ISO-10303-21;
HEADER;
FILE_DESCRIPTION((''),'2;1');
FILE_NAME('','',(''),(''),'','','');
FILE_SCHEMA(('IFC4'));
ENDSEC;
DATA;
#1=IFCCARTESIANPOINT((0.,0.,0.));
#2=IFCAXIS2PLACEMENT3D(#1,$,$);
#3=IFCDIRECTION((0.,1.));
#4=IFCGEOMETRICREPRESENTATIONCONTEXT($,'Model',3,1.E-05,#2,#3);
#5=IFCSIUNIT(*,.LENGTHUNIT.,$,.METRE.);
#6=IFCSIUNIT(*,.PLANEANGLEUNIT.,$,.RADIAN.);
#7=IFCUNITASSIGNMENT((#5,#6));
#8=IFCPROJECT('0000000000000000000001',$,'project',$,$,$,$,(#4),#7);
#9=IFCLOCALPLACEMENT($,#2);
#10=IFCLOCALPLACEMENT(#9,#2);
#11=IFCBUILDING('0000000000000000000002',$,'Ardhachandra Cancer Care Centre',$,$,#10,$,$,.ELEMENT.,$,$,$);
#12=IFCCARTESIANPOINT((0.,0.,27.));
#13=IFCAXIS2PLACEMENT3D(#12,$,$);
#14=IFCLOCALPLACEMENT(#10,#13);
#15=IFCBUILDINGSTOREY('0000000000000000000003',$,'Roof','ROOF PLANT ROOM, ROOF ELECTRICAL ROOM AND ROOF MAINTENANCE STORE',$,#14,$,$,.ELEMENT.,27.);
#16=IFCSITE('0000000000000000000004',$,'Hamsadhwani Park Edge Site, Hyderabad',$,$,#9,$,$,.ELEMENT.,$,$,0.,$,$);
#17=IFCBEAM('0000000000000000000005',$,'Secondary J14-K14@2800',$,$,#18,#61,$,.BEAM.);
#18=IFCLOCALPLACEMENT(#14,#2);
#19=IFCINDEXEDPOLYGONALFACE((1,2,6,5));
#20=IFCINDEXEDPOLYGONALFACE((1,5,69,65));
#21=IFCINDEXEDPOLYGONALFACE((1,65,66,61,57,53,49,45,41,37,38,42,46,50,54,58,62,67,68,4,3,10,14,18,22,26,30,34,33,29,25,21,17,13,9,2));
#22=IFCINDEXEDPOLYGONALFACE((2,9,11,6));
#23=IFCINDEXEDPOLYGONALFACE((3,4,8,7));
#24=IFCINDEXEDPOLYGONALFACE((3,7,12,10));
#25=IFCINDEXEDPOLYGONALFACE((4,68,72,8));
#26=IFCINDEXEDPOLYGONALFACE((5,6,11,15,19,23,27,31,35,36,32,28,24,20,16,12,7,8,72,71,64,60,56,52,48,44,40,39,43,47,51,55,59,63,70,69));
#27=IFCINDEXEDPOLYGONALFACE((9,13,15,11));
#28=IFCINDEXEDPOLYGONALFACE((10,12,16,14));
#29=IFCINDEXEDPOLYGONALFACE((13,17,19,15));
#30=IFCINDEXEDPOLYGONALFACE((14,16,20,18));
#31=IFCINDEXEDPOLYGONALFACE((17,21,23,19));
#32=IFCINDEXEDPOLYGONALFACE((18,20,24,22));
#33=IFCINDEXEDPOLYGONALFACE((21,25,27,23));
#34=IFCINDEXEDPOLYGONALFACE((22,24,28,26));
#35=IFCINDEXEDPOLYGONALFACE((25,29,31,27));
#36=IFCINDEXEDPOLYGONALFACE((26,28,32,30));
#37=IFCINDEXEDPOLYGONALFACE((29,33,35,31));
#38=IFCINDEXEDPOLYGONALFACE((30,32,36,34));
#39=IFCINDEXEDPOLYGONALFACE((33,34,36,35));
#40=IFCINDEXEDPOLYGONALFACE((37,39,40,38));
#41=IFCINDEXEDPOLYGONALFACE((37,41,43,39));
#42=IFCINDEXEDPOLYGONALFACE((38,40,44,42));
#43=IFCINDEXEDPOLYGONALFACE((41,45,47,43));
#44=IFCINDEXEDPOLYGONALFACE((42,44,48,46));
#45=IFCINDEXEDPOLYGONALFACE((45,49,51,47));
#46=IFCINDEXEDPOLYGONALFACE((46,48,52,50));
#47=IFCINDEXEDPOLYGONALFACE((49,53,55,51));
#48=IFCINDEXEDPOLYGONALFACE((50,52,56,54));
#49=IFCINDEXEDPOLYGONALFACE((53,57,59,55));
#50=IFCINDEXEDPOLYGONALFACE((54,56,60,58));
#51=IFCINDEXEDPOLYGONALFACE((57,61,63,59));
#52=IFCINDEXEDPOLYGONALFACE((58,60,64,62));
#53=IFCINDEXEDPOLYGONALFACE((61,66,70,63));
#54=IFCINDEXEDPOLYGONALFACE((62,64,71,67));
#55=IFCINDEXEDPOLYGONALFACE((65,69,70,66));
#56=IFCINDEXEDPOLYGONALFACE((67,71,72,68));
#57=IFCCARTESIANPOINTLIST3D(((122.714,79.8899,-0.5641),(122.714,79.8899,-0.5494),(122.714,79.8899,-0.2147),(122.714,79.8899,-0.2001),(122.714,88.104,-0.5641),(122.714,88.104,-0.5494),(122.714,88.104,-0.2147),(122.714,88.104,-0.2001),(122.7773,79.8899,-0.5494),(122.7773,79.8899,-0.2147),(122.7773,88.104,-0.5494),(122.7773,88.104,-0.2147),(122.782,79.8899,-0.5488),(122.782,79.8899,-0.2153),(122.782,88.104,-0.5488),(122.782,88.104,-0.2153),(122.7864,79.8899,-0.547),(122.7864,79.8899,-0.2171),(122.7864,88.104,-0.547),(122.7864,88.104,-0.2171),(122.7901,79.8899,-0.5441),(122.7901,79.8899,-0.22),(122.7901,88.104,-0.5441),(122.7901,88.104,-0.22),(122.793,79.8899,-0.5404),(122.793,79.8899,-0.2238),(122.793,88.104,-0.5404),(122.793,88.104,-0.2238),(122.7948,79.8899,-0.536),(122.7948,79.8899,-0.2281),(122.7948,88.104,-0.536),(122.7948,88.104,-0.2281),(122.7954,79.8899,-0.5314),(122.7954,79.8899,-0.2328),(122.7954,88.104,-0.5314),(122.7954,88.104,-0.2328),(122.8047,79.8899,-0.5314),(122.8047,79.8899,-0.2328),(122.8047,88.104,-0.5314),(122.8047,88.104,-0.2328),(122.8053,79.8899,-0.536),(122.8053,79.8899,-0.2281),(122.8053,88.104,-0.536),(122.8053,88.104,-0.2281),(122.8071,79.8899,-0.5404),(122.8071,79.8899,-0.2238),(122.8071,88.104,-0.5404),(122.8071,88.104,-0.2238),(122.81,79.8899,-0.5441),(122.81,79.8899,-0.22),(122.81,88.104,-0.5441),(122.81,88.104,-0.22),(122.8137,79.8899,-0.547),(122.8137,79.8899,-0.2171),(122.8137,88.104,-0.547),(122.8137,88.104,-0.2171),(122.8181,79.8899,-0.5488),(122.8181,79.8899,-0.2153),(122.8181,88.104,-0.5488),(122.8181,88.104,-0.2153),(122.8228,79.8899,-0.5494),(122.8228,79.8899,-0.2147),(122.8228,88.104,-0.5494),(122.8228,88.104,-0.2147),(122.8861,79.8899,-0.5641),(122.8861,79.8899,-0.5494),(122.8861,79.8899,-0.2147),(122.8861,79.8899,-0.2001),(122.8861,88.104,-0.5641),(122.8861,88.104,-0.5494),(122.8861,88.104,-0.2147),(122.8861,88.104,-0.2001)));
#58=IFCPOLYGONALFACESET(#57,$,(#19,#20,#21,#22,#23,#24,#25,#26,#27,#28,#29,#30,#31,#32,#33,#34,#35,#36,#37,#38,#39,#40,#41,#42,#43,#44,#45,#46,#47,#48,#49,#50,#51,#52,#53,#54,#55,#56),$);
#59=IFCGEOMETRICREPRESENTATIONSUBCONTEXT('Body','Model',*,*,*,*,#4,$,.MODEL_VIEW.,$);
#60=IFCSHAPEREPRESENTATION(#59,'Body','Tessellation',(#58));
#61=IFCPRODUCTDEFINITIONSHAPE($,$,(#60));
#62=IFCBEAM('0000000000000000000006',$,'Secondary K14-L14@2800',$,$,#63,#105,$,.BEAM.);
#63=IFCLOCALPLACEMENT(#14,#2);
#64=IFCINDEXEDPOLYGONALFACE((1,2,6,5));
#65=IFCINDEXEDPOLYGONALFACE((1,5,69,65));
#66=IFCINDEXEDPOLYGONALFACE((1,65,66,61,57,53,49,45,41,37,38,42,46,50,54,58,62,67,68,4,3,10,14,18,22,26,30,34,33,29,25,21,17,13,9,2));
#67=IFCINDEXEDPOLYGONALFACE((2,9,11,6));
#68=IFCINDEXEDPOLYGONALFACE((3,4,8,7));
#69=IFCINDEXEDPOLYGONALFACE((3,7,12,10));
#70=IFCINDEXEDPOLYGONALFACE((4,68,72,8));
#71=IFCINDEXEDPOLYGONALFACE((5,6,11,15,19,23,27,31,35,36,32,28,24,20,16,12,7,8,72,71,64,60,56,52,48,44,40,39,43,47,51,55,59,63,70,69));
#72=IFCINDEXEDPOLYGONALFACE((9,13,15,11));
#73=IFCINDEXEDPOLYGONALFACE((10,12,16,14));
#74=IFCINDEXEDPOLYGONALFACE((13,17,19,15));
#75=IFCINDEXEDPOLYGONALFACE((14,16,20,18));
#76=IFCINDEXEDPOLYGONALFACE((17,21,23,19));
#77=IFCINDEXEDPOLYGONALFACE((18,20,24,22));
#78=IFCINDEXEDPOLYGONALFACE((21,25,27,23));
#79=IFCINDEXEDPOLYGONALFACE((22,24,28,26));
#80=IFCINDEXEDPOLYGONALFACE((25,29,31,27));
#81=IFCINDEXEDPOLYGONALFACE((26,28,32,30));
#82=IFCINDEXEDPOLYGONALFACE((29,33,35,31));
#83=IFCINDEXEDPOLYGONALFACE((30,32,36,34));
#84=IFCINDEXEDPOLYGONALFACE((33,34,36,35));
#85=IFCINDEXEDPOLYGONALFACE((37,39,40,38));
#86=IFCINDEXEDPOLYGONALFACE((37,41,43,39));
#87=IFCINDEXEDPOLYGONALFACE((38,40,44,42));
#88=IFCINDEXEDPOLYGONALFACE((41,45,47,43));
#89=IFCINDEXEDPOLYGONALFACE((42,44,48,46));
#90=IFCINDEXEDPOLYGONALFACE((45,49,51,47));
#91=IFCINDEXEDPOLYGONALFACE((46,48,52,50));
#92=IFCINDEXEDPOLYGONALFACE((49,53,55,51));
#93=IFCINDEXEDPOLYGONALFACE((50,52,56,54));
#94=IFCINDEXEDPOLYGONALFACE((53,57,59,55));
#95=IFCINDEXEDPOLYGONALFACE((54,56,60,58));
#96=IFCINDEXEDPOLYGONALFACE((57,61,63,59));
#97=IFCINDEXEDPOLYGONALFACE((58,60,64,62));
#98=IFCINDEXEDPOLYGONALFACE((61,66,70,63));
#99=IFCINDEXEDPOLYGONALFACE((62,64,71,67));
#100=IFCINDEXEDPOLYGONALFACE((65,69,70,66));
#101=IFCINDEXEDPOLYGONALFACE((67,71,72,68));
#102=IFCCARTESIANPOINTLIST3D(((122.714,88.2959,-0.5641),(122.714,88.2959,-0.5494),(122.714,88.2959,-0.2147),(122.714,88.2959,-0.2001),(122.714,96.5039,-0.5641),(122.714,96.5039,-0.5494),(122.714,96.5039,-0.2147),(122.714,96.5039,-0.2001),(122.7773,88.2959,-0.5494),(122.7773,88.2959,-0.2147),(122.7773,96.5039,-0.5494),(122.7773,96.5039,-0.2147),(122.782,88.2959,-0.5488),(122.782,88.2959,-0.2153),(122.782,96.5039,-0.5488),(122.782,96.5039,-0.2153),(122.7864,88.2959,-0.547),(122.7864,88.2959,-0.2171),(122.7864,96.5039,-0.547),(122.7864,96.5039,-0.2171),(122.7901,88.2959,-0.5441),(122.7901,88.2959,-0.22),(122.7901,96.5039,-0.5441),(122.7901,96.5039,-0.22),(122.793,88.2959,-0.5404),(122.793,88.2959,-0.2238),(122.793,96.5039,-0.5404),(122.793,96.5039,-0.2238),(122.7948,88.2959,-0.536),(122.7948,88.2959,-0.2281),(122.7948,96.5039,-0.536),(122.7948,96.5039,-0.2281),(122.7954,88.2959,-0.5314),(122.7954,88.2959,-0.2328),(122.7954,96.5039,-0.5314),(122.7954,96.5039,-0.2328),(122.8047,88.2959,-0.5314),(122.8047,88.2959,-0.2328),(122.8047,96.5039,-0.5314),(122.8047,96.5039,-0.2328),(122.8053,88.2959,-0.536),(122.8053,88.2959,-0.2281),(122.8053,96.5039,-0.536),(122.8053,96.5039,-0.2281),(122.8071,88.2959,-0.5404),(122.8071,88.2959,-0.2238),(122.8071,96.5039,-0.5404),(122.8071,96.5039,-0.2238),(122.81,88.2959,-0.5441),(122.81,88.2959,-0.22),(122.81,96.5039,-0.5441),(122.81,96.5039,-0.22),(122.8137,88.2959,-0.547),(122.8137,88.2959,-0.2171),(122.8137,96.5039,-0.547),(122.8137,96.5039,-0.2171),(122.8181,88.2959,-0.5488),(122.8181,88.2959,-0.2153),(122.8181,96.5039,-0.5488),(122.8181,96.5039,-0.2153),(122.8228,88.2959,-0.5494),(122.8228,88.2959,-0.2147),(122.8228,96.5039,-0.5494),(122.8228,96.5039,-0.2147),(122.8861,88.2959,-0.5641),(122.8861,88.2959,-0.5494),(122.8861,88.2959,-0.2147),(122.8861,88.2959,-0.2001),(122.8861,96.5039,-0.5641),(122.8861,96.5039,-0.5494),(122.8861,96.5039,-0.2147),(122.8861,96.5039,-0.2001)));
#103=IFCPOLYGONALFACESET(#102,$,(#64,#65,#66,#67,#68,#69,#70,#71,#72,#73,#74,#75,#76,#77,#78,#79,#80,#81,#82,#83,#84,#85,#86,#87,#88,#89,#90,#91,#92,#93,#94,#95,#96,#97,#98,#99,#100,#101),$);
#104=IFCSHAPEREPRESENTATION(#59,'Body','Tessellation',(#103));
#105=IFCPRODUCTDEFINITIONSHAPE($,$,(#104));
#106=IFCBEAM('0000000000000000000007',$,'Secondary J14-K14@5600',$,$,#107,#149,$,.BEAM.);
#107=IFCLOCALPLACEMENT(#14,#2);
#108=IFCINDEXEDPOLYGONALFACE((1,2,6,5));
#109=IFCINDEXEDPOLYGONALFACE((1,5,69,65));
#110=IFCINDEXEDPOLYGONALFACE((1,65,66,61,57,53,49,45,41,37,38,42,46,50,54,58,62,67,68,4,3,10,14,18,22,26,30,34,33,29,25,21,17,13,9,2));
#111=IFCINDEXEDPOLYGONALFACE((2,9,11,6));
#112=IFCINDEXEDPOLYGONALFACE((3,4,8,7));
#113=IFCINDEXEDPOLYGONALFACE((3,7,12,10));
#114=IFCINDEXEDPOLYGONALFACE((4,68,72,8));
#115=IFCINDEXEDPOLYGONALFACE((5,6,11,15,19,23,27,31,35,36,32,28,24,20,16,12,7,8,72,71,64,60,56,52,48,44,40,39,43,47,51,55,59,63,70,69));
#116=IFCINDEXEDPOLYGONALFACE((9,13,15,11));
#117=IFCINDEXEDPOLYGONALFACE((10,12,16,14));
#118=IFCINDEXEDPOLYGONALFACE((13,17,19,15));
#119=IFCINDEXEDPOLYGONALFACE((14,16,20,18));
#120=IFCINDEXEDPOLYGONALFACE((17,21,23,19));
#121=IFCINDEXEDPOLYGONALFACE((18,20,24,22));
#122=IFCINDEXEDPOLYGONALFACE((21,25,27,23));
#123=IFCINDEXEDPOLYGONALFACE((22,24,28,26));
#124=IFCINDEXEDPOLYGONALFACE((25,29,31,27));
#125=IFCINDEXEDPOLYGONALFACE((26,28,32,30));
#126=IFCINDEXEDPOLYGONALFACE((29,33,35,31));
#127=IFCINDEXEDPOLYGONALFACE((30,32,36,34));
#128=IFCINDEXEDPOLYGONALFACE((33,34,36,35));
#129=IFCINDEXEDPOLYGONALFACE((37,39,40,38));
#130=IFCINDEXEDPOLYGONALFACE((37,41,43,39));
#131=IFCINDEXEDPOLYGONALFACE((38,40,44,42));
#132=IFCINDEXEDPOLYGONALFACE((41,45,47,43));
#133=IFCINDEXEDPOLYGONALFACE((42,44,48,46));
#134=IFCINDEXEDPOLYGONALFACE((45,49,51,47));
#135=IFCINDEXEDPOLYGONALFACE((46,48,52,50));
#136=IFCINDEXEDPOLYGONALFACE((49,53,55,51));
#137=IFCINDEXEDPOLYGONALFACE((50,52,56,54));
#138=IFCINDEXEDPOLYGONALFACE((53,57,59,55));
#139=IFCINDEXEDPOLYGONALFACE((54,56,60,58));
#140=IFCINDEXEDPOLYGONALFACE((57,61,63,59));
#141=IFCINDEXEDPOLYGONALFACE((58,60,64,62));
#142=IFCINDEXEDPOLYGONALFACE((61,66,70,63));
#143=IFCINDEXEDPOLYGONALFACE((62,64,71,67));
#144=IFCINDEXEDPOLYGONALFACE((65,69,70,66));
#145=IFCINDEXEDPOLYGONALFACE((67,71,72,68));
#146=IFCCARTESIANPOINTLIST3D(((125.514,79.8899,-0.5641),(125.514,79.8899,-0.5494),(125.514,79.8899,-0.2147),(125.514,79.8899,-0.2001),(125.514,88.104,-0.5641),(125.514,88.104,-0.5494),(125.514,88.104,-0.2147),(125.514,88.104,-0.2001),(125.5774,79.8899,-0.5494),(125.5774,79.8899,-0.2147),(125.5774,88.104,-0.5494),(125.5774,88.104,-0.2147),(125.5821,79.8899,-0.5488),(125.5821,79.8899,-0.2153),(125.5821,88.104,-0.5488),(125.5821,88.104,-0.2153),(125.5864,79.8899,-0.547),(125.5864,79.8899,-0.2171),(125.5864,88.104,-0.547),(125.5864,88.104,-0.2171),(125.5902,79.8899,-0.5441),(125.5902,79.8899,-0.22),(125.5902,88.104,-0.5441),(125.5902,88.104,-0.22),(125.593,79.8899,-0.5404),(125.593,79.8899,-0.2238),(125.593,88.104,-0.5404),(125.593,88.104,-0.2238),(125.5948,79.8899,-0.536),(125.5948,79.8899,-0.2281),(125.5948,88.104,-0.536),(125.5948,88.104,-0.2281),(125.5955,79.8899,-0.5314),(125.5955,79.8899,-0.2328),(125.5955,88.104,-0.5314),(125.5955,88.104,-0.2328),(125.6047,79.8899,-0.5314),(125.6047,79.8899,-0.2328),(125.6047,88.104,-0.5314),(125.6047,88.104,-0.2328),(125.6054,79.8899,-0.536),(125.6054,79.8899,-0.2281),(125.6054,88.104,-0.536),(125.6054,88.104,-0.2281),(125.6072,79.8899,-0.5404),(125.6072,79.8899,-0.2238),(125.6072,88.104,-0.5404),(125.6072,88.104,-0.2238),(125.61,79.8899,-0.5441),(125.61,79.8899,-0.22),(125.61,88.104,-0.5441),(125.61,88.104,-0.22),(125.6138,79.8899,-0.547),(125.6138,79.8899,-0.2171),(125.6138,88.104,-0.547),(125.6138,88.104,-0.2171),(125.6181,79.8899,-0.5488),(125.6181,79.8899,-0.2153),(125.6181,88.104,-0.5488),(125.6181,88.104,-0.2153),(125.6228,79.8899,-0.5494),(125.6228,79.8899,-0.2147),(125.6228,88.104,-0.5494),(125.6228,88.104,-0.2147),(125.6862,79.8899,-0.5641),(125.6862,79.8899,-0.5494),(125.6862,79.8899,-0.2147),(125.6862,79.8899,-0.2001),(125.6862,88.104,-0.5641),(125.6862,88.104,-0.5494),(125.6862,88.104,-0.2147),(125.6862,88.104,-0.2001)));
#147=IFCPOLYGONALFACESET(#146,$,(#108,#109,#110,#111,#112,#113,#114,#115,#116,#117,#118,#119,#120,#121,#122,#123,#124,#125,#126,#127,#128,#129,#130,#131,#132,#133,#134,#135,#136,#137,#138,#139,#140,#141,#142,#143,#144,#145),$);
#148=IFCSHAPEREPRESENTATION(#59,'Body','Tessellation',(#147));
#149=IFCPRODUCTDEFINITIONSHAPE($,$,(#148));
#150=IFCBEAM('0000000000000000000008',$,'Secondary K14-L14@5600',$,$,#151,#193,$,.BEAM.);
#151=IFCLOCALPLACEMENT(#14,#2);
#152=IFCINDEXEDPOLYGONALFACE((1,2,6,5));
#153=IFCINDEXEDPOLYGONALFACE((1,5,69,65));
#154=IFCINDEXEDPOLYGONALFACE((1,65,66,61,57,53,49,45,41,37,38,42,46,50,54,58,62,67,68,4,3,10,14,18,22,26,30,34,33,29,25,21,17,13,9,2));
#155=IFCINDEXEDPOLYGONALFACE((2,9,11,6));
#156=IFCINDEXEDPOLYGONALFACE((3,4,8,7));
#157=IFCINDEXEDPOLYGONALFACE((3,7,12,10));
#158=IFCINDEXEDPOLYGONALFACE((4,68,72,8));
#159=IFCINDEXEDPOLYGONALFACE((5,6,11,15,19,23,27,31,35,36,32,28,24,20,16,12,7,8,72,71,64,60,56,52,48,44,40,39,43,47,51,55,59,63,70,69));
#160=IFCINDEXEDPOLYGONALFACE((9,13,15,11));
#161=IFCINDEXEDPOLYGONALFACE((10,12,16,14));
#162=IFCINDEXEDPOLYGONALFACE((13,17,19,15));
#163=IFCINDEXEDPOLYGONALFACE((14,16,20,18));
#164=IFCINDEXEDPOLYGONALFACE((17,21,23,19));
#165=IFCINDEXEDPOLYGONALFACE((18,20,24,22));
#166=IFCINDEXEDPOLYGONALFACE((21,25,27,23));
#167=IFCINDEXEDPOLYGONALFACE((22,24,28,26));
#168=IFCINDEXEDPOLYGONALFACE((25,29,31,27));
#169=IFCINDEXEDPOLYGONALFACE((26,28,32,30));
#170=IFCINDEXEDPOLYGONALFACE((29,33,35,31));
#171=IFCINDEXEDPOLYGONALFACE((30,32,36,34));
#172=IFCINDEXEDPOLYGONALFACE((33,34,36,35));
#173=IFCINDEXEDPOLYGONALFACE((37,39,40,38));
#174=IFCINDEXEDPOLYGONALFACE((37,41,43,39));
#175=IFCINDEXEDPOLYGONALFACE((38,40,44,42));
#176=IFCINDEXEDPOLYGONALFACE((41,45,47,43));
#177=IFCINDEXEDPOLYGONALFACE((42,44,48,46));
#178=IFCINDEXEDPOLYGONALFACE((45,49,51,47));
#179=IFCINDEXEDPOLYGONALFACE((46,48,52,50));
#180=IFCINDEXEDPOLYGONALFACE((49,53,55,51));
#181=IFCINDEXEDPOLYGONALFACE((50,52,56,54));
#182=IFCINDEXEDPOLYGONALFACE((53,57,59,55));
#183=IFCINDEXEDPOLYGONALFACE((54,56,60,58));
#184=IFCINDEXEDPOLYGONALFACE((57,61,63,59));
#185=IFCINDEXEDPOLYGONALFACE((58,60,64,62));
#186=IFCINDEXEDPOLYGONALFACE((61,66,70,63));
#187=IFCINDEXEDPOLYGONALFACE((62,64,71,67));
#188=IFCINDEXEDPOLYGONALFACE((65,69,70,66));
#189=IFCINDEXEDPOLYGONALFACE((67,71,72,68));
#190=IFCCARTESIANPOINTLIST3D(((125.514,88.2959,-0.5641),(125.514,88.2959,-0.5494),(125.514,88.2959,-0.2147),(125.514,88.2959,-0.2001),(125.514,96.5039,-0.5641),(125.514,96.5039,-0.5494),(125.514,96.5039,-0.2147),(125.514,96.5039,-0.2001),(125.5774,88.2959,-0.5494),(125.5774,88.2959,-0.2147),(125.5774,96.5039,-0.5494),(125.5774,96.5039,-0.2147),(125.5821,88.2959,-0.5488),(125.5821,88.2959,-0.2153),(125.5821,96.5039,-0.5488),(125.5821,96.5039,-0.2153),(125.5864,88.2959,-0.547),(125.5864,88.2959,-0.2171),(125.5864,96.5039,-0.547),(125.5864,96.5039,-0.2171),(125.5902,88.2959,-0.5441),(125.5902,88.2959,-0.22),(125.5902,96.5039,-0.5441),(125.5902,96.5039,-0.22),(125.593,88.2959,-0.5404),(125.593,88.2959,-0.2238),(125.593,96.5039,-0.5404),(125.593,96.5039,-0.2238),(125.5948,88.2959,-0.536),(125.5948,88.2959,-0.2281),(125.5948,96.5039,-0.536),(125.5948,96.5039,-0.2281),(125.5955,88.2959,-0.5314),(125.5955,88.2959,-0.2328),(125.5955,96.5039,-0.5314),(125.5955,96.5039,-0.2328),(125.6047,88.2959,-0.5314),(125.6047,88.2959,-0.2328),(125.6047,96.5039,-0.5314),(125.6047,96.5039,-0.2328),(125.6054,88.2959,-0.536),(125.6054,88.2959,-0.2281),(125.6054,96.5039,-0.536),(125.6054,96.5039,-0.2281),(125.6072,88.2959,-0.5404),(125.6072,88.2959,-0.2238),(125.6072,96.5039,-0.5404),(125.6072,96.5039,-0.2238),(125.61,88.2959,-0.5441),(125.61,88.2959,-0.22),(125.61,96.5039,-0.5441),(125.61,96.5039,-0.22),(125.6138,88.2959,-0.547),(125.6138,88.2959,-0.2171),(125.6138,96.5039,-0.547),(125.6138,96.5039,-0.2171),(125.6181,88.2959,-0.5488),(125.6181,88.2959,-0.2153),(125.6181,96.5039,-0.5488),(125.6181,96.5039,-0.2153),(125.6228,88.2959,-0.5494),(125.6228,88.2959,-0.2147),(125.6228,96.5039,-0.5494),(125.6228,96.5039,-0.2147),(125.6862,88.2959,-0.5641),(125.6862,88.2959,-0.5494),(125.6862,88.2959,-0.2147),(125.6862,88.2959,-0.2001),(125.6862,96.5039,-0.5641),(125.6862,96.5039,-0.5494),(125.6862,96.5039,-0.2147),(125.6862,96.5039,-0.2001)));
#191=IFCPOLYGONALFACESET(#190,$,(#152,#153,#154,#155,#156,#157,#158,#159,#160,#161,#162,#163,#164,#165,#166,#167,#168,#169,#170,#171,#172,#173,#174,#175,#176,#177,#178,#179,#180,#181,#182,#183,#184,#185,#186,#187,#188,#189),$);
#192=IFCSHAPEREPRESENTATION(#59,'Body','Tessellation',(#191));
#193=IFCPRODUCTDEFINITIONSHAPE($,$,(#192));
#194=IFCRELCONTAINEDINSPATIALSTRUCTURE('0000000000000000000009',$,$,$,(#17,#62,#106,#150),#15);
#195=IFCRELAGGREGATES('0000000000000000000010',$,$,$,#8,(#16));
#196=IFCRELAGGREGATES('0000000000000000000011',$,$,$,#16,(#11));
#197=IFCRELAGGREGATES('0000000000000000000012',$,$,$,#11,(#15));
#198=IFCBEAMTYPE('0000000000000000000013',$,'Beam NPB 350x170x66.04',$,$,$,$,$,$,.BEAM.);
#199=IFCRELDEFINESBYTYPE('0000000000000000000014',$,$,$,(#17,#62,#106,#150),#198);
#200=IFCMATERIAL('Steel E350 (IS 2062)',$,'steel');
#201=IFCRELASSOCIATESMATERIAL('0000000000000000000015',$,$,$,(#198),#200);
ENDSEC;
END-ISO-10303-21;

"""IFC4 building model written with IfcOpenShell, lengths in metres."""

from ifc_helpers import new_model, si_unit, direction, frame, origin, origin_2d, place, context, subcontext, project, spatial, i_section, extrude, material, material_profile, profile_set, type_object, element, save


model = new_model("IFC4")

# Units and contexts
model_context = context("Model", 3, precision=1e-05, world=origin(), true_north=direction((0.0, 1.0)))
body_context = subcontext(model_context, "Body", "Model", "MODEL_VIEW")
ifc_project = project(units=[si_unit("LENGTHUNIT", "METRE"), si_unit("PLANEANGLEUNIT", "RADIAN")], contexts=[model_context])

# Site, building, storey
site_placement = place(None, origin())
site = spatial("IfcSite", under=ifc_project, at=site_placement, Name="Hamsadhwani Park Edge Site, Hyderabad", CompositionType="ELEMENT", RefElevation=0.0)
building_placement = place(site_placement, origin())
building = spatial("IfcBuilding", under=site, at=building_placement, Name="Ardhachandra Cancer Care Centre", CompositionType="ELEMENT")
storey_placement = place(building_placement, frame((0.0, 0.0, 27.0)))
storey = spatial("IfcBuildingStorey", under=building, at=storey_placement, Name="Roof", Description="ROOF PLANT ROOM, ROOF ELECTRICAL ROOM AND ROOF MAINTENANCE STORE", CompositionType="ELEMENT", Elevation=27.0)

# Beams
ifc_material_1 = material(Name="Steel E350 (IS 2062)", Category="steel")
ifc_material_profile_1 = material_profile(ifc_material_1, i_section(OverallWidth=0.1721, OverallDepth=0.364, WebThickness=0.0093, FlangeThickness=0.0146, FilletRadius=0.0181, at=origin_2d()), Name="NPB 350x170x66.04")
ifc_profile_set_1 = profile_set([ifc_material_profile_1], Name="Steel E350 (IS 2062)")
beam_type_1 = type_object("IfcBeamType", Name="Beam NPB 350x170x66.04", PredefinedType="BEAM", material=ifc_profile_set_1)
beam_1_placement = place(storey_placement, frame((122.8, 79.8899, -0.3821), z_axis=(0.0, 1.0, 0.0), x_axis=(-1.0, 0.0, 0.0)))
element("IfcBeam", 1, at=beam_1_placement, inside=storey, type_object=beam_type_1, Name="Secondary J14-K14@2800", PredefinedType="BEAM", context=body_context, shape_type="SweptSolid", body=[
    extrude(i_section(OverallWidth=0.1721, OverallDepth=0.364, WebThickness=0.0093, FlangeThickness=0.0146, FilletRadius=0.0181, at=origin_2d()), origin(), (0.0, 0.0, 1.0), 8.2141),
])
beam_2_placement = place(storey_placement, frame((122.8, 88.2959, -0.3821), z_axis=(0.0, 1.0, 0.0), x_axis=(-1.0, 0.0, 0.0)))
element("IfcBeam", 2, at=beam_2_placement, inside=storey, type_object=beam_type_1, Name="Secondary K14-L14@2800", PredefinedType="BEAM", context=body_context, shape_type="SweptSolid", body=[
    extrude(i_section(OverallWidth=0.1721, OverallDepth=0.364, WebThickness=0.0093, FlangeThickness=0.0146, FilletRadius=0.0181, at=origin_2d()), origin(), (0.0, 0.0, 1.0), 8.208),
])
beam_3_placement = place(storey_placement, frame((125.6001, 79.8899, -0.3821), z_axis=(0.0, 1.0, 0.0), x_axis=(-1.0, 0.0, 0.0)))
element("IfcBeam", 3, at=beam_3_placement, inside=storey, type_object=beam_type_1, Name="Secondary J14-K14@5600", PredefinedType="BEAM", context=body_context, shape_type="SweptSolid", body=[
    extrude(i_section(OverallWidth=0.1721, OverallDepth=0.364, WebThickness=0.0093, FlangeThickness=0.0146, FilletRadius=0.0181, at=origin_2d()), origin(), (0.0, 0.0, 1.0), 8.2141),
])
beam_4_placement = place(storey_placement, frame((125.6001, 88.2959, -0.3821), z_axis=(0.0, 1.0, 0.0), x_axis=(-1.0, 0.0, 0.0)))
element("IfcBeam", 4, at=beam_4_placement, inside=storey, type_object=beam_type_1, Name="Secondary K14-L14@5600", PredefinedType="BEAM", context=body_context, shape_type="SweptSolid", body=[
    extrude(i_section(OverallWidth=0.1721, OverallDepth=0.364, WebThickness=0.0093, FlangeThickness=0.0146, FilletRadius=0.0181, at=origin_2d()), origin(), (0.0, 0.0, 1.0), 8.208),
])

save(model, "model.ifc")
